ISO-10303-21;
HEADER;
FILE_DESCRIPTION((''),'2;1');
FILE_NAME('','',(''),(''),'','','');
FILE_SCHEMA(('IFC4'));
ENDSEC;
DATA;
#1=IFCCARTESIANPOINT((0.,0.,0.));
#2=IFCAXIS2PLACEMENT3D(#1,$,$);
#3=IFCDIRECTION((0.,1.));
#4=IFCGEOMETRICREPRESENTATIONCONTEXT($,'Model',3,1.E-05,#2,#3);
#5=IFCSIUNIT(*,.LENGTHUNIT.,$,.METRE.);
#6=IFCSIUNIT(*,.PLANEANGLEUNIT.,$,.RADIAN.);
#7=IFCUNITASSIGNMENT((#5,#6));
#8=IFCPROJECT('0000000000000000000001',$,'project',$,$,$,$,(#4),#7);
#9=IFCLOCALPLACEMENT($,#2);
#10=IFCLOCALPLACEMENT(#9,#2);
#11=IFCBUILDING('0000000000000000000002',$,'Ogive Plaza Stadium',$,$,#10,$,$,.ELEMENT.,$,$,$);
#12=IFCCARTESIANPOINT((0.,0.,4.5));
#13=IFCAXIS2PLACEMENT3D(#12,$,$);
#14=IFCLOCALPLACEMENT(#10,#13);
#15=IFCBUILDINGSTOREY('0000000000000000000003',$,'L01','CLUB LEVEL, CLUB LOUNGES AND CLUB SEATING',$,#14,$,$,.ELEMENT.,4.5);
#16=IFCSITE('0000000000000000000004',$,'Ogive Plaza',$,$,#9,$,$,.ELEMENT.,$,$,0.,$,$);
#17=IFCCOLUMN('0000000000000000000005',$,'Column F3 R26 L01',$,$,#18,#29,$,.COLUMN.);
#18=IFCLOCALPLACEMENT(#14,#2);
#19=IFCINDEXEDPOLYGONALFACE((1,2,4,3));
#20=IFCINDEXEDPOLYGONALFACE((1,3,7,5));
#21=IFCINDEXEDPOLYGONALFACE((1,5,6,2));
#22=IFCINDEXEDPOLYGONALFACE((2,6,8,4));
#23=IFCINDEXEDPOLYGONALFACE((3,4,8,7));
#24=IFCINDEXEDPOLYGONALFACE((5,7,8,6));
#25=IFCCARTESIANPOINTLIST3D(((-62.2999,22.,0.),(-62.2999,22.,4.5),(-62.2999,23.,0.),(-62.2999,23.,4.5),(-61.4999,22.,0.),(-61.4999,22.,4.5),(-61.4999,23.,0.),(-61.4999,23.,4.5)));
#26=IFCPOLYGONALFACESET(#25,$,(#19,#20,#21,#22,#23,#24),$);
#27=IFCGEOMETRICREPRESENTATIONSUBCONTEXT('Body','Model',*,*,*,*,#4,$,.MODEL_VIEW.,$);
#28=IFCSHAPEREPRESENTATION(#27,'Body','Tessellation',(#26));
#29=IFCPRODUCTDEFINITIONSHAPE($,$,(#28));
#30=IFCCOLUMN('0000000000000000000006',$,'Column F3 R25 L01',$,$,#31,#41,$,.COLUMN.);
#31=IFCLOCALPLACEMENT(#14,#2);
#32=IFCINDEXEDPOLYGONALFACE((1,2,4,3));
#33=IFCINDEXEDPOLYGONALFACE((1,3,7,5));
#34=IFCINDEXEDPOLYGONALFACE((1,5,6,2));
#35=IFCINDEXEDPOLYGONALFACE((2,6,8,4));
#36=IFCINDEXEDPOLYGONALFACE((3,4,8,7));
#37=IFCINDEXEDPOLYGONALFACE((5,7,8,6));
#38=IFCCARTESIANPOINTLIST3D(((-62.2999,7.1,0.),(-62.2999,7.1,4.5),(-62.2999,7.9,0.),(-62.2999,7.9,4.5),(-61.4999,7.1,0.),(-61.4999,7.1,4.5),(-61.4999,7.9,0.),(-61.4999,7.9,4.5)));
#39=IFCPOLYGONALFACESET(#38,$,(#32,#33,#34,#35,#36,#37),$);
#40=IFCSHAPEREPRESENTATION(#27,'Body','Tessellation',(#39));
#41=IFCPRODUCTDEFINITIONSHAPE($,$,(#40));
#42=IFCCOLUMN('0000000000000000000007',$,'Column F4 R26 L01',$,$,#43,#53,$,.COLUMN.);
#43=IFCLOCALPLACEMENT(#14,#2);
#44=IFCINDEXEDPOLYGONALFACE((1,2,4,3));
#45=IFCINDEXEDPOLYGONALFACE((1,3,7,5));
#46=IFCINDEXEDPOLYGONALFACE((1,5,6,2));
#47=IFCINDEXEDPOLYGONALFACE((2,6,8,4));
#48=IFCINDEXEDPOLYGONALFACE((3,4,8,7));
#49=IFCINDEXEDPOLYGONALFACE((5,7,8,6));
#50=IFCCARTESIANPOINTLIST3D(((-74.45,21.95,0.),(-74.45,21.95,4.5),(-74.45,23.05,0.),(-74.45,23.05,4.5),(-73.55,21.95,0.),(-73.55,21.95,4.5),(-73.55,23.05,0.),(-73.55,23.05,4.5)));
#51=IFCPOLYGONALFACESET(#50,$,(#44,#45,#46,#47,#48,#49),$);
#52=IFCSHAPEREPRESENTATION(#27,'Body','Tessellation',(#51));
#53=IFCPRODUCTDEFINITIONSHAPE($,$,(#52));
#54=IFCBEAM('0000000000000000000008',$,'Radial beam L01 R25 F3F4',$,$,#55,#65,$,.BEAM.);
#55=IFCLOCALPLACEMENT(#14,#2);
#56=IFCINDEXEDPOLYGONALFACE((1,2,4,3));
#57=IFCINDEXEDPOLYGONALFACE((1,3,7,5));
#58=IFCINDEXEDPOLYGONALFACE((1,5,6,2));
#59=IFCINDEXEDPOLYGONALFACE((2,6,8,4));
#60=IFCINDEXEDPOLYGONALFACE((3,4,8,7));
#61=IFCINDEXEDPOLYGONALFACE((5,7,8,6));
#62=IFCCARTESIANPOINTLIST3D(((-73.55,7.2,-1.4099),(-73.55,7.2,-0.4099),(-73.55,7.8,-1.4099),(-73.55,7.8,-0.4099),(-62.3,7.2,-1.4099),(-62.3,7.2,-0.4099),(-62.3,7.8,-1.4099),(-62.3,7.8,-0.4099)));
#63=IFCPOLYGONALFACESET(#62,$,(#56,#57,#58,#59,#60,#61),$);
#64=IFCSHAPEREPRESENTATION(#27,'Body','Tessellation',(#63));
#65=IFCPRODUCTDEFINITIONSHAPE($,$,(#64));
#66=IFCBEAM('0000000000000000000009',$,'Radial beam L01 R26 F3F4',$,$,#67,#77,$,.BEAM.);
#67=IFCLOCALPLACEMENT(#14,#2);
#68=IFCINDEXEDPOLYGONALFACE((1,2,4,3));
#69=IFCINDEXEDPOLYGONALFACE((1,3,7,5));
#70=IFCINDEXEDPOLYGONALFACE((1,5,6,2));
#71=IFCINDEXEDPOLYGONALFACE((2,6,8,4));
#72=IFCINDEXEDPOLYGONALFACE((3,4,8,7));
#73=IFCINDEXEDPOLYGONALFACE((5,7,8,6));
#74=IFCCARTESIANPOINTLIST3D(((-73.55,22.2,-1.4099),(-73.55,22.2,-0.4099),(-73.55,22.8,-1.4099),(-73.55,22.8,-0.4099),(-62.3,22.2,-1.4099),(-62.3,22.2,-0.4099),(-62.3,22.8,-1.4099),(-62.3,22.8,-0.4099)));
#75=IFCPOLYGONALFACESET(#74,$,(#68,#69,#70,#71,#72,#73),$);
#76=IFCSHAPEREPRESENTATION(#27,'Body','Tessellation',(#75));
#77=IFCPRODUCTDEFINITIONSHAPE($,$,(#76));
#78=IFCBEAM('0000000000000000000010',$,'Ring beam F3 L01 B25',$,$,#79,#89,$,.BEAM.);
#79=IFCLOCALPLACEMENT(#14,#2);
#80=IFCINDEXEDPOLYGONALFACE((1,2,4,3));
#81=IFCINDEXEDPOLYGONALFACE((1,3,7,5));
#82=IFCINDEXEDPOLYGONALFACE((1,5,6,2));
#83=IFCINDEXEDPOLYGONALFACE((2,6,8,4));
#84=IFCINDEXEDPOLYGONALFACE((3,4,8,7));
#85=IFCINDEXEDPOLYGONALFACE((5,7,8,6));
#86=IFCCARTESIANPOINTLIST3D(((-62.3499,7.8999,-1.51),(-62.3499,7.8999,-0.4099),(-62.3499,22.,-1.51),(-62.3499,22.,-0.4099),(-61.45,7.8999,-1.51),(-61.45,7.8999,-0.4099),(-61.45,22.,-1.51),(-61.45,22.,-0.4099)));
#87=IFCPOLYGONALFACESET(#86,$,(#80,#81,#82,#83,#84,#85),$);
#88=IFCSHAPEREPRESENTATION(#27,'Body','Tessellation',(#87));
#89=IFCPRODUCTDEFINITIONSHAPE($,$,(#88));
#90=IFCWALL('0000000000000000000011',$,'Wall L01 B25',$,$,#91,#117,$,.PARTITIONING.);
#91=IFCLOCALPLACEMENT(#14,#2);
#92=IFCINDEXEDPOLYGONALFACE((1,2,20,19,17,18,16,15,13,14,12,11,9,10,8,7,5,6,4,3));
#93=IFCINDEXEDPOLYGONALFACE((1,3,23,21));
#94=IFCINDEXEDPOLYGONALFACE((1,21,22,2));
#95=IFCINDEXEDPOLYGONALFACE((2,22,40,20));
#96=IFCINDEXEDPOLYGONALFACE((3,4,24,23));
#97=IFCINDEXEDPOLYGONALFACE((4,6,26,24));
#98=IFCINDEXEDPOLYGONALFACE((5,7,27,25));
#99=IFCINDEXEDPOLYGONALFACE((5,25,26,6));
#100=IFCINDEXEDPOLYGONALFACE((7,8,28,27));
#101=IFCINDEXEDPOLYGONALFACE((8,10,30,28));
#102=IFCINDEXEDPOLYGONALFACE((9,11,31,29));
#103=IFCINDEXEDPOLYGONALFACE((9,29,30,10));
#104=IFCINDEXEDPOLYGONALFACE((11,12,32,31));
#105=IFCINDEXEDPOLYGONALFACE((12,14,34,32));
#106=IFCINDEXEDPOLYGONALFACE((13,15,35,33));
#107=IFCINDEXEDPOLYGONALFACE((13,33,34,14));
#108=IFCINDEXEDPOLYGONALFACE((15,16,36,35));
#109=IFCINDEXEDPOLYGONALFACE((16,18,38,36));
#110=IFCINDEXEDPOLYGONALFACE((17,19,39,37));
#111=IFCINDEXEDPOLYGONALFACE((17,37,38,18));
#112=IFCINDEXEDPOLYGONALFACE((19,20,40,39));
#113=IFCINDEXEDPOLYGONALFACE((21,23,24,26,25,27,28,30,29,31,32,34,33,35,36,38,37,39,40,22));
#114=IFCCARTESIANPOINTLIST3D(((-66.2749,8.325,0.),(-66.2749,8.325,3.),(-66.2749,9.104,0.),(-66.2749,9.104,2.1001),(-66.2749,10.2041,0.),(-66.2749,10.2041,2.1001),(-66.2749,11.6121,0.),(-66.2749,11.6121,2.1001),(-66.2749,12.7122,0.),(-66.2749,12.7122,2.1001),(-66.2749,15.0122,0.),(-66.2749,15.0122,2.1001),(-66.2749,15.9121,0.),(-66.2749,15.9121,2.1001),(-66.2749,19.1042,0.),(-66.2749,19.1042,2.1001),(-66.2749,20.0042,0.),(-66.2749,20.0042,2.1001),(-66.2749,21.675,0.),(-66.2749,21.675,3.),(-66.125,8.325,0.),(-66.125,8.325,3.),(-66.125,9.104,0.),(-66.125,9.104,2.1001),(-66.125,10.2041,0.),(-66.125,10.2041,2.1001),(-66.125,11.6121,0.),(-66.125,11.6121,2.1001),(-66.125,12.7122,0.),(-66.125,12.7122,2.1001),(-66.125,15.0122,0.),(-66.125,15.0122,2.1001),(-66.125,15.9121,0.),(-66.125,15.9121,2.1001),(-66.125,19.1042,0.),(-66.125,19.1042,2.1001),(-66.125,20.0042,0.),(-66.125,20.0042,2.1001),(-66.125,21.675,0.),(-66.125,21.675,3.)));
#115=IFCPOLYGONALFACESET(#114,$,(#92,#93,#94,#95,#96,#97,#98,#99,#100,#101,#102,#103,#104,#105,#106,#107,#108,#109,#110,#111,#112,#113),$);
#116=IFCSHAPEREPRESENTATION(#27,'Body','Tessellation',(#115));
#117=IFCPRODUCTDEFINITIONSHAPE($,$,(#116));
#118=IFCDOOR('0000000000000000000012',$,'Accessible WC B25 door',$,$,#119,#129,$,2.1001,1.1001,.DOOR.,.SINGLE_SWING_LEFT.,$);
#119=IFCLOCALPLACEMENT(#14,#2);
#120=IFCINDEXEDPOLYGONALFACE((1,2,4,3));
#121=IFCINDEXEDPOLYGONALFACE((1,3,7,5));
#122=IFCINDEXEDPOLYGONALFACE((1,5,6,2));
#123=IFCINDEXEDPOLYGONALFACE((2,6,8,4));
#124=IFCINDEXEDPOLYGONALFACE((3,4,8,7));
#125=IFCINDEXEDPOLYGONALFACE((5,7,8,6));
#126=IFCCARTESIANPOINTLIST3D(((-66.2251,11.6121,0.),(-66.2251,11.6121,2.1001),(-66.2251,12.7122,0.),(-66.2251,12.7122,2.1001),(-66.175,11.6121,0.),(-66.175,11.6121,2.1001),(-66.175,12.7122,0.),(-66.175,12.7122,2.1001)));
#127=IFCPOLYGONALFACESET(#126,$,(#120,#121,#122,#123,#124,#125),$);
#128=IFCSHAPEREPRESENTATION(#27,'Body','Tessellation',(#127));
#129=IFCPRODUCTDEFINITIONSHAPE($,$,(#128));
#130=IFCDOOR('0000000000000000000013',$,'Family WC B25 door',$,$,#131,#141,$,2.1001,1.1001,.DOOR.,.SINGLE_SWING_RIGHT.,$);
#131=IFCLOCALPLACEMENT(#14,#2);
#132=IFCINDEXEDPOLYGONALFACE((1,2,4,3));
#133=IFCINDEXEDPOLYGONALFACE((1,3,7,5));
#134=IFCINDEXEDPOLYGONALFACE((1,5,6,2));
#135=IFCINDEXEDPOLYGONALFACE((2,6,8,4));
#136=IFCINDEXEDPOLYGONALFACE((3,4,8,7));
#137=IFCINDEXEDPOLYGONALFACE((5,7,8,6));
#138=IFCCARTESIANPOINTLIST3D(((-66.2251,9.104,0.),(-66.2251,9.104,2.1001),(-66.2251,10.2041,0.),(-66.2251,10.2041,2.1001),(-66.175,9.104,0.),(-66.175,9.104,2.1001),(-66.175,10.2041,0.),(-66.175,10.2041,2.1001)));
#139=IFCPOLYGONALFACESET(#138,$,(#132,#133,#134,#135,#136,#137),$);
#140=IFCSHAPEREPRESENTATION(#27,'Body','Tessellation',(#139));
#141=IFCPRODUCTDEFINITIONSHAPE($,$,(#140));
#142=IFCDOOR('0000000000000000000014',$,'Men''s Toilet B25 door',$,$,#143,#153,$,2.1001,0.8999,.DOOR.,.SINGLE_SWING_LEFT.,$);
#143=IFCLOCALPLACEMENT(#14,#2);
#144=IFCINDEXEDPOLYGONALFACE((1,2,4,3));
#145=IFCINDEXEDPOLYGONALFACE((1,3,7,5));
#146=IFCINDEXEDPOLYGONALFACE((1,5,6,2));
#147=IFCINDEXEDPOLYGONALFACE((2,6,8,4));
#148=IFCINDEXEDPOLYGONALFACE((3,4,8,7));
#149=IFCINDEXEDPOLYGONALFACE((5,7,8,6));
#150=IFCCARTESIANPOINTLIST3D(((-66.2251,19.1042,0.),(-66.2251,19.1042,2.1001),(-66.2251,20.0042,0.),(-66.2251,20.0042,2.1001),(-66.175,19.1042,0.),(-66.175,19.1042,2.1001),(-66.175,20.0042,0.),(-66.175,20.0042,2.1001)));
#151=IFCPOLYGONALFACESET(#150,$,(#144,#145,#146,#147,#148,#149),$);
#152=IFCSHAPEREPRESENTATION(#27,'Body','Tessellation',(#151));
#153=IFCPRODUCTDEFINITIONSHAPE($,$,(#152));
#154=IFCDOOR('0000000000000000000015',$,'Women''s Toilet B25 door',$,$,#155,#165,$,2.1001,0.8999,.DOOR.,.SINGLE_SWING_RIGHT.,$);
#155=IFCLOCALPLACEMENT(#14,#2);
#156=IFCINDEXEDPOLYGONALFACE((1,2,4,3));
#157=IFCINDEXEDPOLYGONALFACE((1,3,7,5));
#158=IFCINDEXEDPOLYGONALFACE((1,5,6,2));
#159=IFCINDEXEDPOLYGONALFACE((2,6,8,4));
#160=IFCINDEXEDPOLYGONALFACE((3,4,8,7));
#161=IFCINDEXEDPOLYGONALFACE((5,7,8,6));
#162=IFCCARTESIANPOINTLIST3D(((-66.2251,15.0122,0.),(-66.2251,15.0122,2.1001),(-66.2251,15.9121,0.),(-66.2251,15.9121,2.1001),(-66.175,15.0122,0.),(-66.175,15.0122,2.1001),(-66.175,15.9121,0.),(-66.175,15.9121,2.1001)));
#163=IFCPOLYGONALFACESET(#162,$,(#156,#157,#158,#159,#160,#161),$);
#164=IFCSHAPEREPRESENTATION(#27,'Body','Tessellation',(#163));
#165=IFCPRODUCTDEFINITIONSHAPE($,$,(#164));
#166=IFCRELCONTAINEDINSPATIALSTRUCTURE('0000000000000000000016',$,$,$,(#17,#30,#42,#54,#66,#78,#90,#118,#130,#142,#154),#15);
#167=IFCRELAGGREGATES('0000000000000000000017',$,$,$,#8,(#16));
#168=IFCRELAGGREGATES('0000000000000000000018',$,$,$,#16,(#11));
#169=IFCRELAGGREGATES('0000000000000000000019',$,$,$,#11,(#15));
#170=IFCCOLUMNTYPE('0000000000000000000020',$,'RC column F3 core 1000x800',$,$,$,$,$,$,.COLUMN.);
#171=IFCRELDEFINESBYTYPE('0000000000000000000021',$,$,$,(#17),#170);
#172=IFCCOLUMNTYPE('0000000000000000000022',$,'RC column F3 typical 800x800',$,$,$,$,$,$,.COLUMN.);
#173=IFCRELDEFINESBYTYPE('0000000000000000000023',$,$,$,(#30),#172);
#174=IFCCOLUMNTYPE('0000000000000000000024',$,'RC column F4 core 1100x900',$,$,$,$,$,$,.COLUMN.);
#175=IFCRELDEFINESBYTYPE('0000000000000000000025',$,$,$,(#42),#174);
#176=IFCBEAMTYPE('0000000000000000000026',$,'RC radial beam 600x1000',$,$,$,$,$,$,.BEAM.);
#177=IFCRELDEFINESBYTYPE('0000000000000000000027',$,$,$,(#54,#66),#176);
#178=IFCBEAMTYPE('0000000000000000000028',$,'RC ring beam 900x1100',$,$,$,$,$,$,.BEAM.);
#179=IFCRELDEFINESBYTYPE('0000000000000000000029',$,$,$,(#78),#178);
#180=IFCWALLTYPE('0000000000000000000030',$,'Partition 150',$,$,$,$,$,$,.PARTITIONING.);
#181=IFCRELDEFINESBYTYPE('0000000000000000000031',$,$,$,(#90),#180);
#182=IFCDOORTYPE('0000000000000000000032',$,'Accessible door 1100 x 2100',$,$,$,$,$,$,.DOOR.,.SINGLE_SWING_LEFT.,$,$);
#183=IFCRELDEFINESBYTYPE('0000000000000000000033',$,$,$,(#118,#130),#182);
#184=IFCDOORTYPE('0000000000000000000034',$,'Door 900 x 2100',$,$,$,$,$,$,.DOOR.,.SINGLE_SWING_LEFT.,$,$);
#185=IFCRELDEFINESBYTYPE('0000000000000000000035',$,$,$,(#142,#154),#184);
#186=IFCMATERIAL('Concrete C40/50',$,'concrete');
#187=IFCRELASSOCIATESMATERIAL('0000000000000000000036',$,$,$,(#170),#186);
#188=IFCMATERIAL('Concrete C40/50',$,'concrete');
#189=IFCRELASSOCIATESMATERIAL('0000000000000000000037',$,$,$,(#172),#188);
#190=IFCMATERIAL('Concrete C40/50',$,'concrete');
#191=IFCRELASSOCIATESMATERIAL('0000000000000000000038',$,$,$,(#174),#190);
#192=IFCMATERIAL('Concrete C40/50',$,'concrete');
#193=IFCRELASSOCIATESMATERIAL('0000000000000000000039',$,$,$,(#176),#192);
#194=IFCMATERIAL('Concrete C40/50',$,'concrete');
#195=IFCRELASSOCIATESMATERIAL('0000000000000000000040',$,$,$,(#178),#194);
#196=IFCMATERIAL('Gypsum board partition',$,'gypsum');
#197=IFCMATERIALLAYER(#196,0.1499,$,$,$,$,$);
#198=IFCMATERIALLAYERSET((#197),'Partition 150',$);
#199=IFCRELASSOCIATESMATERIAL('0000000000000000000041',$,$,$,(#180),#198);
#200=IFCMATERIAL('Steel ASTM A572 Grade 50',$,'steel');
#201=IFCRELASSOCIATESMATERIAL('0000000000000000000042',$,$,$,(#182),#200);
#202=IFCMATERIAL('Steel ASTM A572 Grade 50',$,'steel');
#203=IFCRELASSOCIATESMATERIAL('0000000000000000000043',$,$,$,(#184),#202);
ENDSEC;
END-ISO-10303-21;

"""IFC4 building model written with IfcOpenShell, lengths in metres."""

from ifc_helpers import new_model, si_unit, direction, frame, frame_2d, origin, origin_2d, place, context, subcontext, project, spatial, rectangle, extrude, material, layer, layer_set, material_profile, profile_set, type_object, element, fill, save


model = new_model("IFC4")

# Units and contexts
model_context = context("Model", 3, precision=1e-05, world=origin(), true_north=direction((0.0, 1.0)))
body_context = subcontext(model_context, "Body", "Model", "MODEL_VIEW")
ifc_project = project(units=[si_unit("LENGTHUNIT", "METRE"), si_unit("PLANEANGLEUNIT", "RADIAN")], contexts=[model_context])

# Site, building, storey
site_placement = place(None, origin())
site = spatial("IfcSite", under=ifc_project, at=site_placement, Name="Ogive Plaza", CompositionType="ELEMENT", RefElevation=0.0)
building_placement = place(site_placement, origin())
building = spatial("IfcBuilding", under=site, at=building_placement, Name="Ogive Plaza Stadium", CompositionType="ELEMENT")
storey_placement = place(building_placement, frame((0.0, 0.0, 4.5)))
storey = spatial("IfcBuildingStorey", under=building, at=storey_placement, Name="L01", Description="CLUB LEVEL, CLUB LOUNGES AND CLUB SEATING", CompositionType="ELEMENT", Elevation=4.5)

# Columns
ifc_material_1 = material(Name="Concrete C40/50", Category="concrete")
ifc_material_profile_1 = material_profile(ifc_material_1, rectangle(XDim=1.0, YDim=0.8, at=origin_2d()), Name="RC 1000x800")
ifc_profile_set_1 = profile_set([ifc_material_profile_1], Name="Concrete C40/50")
column_type_1 = type_object("IfcColumnType", Name="RC column F3 core 1000x800", PredefinedType="COLUMN", material=ifc_profile_set_1)
column_1_placement = place(storey_placement, frame((-61.8999, 22.5, 0.0), z_axis=(0.0, 0.0, 1.0), x_axis=(0.0, -1.0, 0.0)))
element("IfcColumn", 1, at=column_1_placement, inside=storey, type_object=column_type_1, Name="Column F3 R26 L01", PredefinedType="COLUMN", context=body_context, shape_type="SweptSolid", body=[
    extrude(rectangle(XDim=1.0, YDim=0.8, at=origin_2d()), origin(), (0.0, 0.0, 1.0), 4.5),
])
ifc_material_2 = material(Name="Concrete C40/50", Category="concrete")
ifc_material_profile_2 = material_profile(ifc_material_2, rectangle(XDim=0.8, YDim=0.8, at=origin_2d()), Name="RC 800x800")
ifc_profile_set_2 = profile_set([ifc_material_profile_2], Name="Concrete C40/50")
column_type_2 = type_object("IfcColumnType", Name="RC column F3 typical 800x800", PredefinedType="COLUMN", material=ifc_profile_set_2)
column_2_placement = place(storey_placement, frame((-61.8999, 7.5, 0.0), z_axis=(0.0, 0.0, 1.0), x_axis=(0.0, -1.0, 0.0)))
element("IfcColumn", 2, at=column_2_placement, inside=storey, type_object=column_type_2, Name="Column F3 R25 L01", PredefinedType="COLUMN", context=body_context, shape_type="SweptSolid", body=[
    extrude(rectangle(XDim=0.8, YDim=0.8, at=origin_2d()), origin(), (0.0, 0.0, 1.0), 4.5),
])
ifc_material_3 = material(Name="Concrete C40/50", Category="concrete")
ifc_material_profile_3 = material_profile(ifc_material_3, rectangle(XDim=1.1001, YDim=0.8999, at=origin_2d()), Name="RC 1100x900")
ifc_profile_set_3 = profile_set([ifc_material_profile_3], Name="Concrete C40/50")
column_type_3 = type_object("IfcColumnType", Name="RC column F4 core 1100x900", PredefinedType="COLUMN", material=ifc_profile_set_3)
column_3_placement = place(storey_placement, frame((-74.0, 22.5, 0.0), z_axis=(0.0, 0.0, 1.0), x_axis=(0.0, -1.0, 0.0)))
element("IfcColumn", 3, at=column_3_placement, inside=storey, type_object=column_type_3, Name="Column F4 R26 L01", PredefinedType="COLUMN", context=body_context, shape_type="SweptSolid", body=[
    extrude(rectangle(XDim=1.1001, YDim=0.8999, at=origin_2d()), origin(), (0.0, 0.0, 1.0), 4.5),
])

# Beams
ifc_material_4 = material(Name="Concrete C40/50", Category="concrete")
ifc_material_profile_4 = material_profile(ifc_material_4, rectangle(XDim=0.6001, YDim=1.0, at=origin_2d()), Name="RC 600x1000")
ifc_profile_set_4 = profile_set([ifc_material_profile_4], Name="Concrete C40/50")
beam_type_1 = type_object("IfcBeamType", Name="RC radial beam 600x1000", PredefinedType="BEAM", material=ifc_profile_set_4)
for number, where, z_axis, x_axis, name in (
    (4, (-62.3, 7.5, -0.9099), (-1.0, 0.0, 0.0), (0.0, -1.0, 0.0), "Radial beam L01 R25 F3F4"),
    (5, (-62.3, 22.5, -0.9099), (-1.0, 0.0, 0.0), (0.0, -1.0, 0.0), "Radial beam L01 R26 F3F4"),
):
    element("IfcBeam", number, at=place(storey_placement, frame(where, z_axis=z_axis, x_axis=x_axis)), inside=storey, type_object=beam_type_1, Name=name, PredefinedType="BEAM", context=body_context, shape_type="SweptSolid", body=[
        extrude(rectangle(XDim=0.6001, YDim=1.0, at=origin_2d()), origin(), (0.0, 0.0, 1.0), 11.25),
    ])
ifc_material_5 = material(Name="Concrete C40/50", Category="concrete")
ifc_material_profile_5 = material_profile(ifc_material_5, rectangle(XDim=0.8999, YDim=1.1001, at=origin_2d()), Name="RC 900x1100")
ifc_profile_set_5 = profile_set([ifc_material_profile_5], Name="Concrete C40/50")
beam_type_2 = type_object("IfcBeamType", Name="RC ring beam 900x1100", PredefinedType="BEAM", material=ifc_profile_set_5)
beam_placement = place(storey_placement, frame((-61.8999, 7.8999, -0.96), z_axis=(0.0, 1.0, 0.0), x_axis=(-1.0, 0.0, 0.0)))
element("IfcBeam", 6, at=beam_placement, inside=storey, type_object=beam_type_2, Name="Ring beam F3 L01 B25", PredefinedType="BEAM", context=body_context, shape_type="SweptSolid", body=[
    extrude(rectangle(XDim=0.8999, YDim=1.1001, at=origin_2d()), origin(), (0.0, 0.0, 1.0), 14.1001),
])

# Wall, openings, doors
ifc_material_6 = material(Name="Gypsum board partition", Category="gypsum")
ifc_layer = layer(ifc_material_6, 0.1499)
ifc_layer_set = layer_set([ifc_layer], Name="Partition 150")
wall_type = type_object("IfcWallType", Name="Partition 150", PredefinedType="PARTITIONING", material=ifc_layer_set)
wall_placement = place(storey_placement, frame((-66.2, 21.675, 0.0), z_axis=(0.0, 0.0, 1.0), x_axis=(0.0, -1.0, 0.0)))
wall = element("IfcWall", 7, at=wall_placement, inside=storey, type_object=wall_type, Name="Wall L01 B25", PredefinedType="PARTITIONING", context=body_context, shape_type="SweptSolid", body=[
    extrude(rectangle(XDim=13.3501, YDim=0.1499, at=frame_2d((6.675, 0.0))), origin(), (0.0, 0.0, 1.0), 3.0),
])
opening_1_placement = place(wall_placement, frame((1.6709, 0.0, 0.0)))
opening_1 = element("IfcOpeningElement", 8, at=opening_1_placement, cuts=wall, PredefinedType="OPENING", context=body_context, shape_type="SweptSolid", body=[
    extrude(rectangle(XDim=0.8999, YDim=2.1001, at=frame_2d((0.45, 1.05))), frame((0.0, 0.075, 0.0), z_axis=(0.0, -1.0, 0.0), x_axis=(1.0, 0.0, 0.0)), (0.0, 0.0, 1.0), 0.1499),
])
opening_2_placement = place(wall_placement, frame((5.7629, 0.0, 0.0)))
opening_2 = element("IfcOpeningElement", 9, at=opening_2_placement, cuts=wall, PredefinedType="OPENING", context=body_context, shape_type="SweptSolid", body=[
    extrude(rectangle(XDim=0.8999, YDim=2.1001, at=frame_2d((0.45, 1.05))), frame((0.0, 0.075, 0.0), z_axis=(0.0, -1.0, 0.0), x_axis=(1.0, 0.0, 0.0)), (0.0, 0.0, 1.0), 0.1499),
])
opening_3_placement = place(wall_placement, frame((8.9629, 0.0, 0.0)))
opening_3 = element("IfcOpeningElement", 10, at=opening_3_placement, cuts=wall, PredefinedType="OPENING", context=body_context, shape_type="SweptSolid", body=[
    extrude(rectangle(XDim=1.1001, YDim=2.1001, at=frame_2d((0.55, 1.05))), frame((0.0, 0.075, 0.0), z_axis=(0.0, -1.0, 0.0), x_axis=(1.0, 0.0, 0.0)), (0.0, 0.0, 1.0), 0.1499),
])
opening_4_placement = place(wall_placement, frame((11.4709, 0.0, 0.0)))
opening_4 = element("IfcOpeningElement", 11, at=opening_4_placement, cuts=wall, PredefinedType="OPENING", context=body_context, shape_type="SweptSolid", body=[
    extrude(rectangle(XDim=1.1001, YDim=2.1001, at=frame_2d((0.55, 1.05))), frame((0.0, 0.075, 0.0), z_axis=(0.0, -1.0, 0.0), x_axis=(1.0, 0.0, 0.0)), (0.0, 0.0, 1.0), 0.1499),
])
ifc_material_7 = material(Name="Steel ASTM A572 Grade 50", Category="steel")
door_type_1 = type_object("IfcDoorType", Name="Accessible door 1100 x 2100", OperationType="SINGLE_SWING_LEFT", PredefinedType="DOOR", material=ifc_material_7)
door_1_placement = place(opening_3_placement, origin())
door_1 = element("IfcDoor", 12, at=door_1_placement, inside=storey, type_object=door_type_1, Name="Accessible WC B25 door", OperationType="SINGLE_SWING_LEFT", OverallHeight=2.1001, OverallWidth=1.1001, PredefinedType="DOOR", context=body_context, shape_type="SweptSolid", body=[
    extrude(rectangle(XDim=1.1001, YDim=2.1001, at=frame_2d((0.55, 1.05))), frame((0.0, 0.0249, 0.0), z_axis=(0.0, -1.0, 0.0), x_axis=(1.0, 0.0, 0.0)), (0.0, 0.0, 1.0), 0.05),
])
fill(opening_3, door_1)
door_2_placement = place(opening_4_placement, origin())
door_2 = element("IfcDoor", 13, at=door_2_placement, inside=storey, type_object=door_type_1, Name="Family WC B25 door", OperationType="SINGLE_SWING_RIGHT", OverallHeight=2.1001, OverallWidth=1.1001, PredefinedType="DOOR", context=body_context, shape_type="SweptSolid", body=[
    extrude(rectangle(XDim=1.1001, YDim=2.1001, at=frame_2d((0.55, 1.05))), frame((0.0, 0.0249, 0.0), z_axis=(0.0, -1.0, 0.0), x_axis=(1.0, 0.0, 0.0)), (0.0, 0.0, 1.0), 0.05),
])
fill(opening_4, door_2)
ifc_material_8 = material(Name="Steel ASTM A572 Grade 50", Category="steel")
door_type_2 = type_object("IfcDoorType", Name="Door 900 x 2100", OperationType="SINGLE_SWING_LEFT", PredefinedType="DOOR", material=ifc_material_8)
door_3_placement = place(opening_1_placement, origin())
door_3 = element("IfcDoor", 14, at=door_3_placement, inside=storey, type_object=door_type_2, Name="Men's Toilet B25 door", OperationType="SINGLE_SWING_LEFT", OverallHeight=2.1001, OverallWidth=0.8999, PredefinedType="DOOR", context=body_context, shape_type="SweptSolid", body=[
    extrude(rectangle(XDim=0.8999, YDim=2.1001, at=frame_2d((0.45, 1.05))), frame((0.0, 0.0249, 0.0), z_axis=(0.0, -1.0, 0.0), x_axis=(1.0, 0.0, 0.0)), (0.0, 0.0, 1.0), 0.05),
])
fill(opening_1, door_3)
door_4_placement = place(opening_2_placement, origin())
door_4 = element("IfcDoor", 15, at=door_4_placement, inside=storey, type_object=door_type_2, Name="Women's Toilet B25 door", OperationType="SINGLE_SWING_RIGHT", OverallHeight=2.1001, OverallWidth=0.8999, PredefinedType="DOOR", context=body_context, shape_type="SweptSolid", body=[
    extrude(rectangle(XDim=0.8999, YDim=2.1001, at=frame_2d((0.45, 1.05))), frame((0.0, 0.0249, 0.0), z_axis=(0.0, -1.0, 0.0), x_axis=(1.0, 0.0, 0.0)), (0.0, 0.0, 1.0), 0.05),
])
fill(opening_2, door_4)

save(model, "model.ifc")
